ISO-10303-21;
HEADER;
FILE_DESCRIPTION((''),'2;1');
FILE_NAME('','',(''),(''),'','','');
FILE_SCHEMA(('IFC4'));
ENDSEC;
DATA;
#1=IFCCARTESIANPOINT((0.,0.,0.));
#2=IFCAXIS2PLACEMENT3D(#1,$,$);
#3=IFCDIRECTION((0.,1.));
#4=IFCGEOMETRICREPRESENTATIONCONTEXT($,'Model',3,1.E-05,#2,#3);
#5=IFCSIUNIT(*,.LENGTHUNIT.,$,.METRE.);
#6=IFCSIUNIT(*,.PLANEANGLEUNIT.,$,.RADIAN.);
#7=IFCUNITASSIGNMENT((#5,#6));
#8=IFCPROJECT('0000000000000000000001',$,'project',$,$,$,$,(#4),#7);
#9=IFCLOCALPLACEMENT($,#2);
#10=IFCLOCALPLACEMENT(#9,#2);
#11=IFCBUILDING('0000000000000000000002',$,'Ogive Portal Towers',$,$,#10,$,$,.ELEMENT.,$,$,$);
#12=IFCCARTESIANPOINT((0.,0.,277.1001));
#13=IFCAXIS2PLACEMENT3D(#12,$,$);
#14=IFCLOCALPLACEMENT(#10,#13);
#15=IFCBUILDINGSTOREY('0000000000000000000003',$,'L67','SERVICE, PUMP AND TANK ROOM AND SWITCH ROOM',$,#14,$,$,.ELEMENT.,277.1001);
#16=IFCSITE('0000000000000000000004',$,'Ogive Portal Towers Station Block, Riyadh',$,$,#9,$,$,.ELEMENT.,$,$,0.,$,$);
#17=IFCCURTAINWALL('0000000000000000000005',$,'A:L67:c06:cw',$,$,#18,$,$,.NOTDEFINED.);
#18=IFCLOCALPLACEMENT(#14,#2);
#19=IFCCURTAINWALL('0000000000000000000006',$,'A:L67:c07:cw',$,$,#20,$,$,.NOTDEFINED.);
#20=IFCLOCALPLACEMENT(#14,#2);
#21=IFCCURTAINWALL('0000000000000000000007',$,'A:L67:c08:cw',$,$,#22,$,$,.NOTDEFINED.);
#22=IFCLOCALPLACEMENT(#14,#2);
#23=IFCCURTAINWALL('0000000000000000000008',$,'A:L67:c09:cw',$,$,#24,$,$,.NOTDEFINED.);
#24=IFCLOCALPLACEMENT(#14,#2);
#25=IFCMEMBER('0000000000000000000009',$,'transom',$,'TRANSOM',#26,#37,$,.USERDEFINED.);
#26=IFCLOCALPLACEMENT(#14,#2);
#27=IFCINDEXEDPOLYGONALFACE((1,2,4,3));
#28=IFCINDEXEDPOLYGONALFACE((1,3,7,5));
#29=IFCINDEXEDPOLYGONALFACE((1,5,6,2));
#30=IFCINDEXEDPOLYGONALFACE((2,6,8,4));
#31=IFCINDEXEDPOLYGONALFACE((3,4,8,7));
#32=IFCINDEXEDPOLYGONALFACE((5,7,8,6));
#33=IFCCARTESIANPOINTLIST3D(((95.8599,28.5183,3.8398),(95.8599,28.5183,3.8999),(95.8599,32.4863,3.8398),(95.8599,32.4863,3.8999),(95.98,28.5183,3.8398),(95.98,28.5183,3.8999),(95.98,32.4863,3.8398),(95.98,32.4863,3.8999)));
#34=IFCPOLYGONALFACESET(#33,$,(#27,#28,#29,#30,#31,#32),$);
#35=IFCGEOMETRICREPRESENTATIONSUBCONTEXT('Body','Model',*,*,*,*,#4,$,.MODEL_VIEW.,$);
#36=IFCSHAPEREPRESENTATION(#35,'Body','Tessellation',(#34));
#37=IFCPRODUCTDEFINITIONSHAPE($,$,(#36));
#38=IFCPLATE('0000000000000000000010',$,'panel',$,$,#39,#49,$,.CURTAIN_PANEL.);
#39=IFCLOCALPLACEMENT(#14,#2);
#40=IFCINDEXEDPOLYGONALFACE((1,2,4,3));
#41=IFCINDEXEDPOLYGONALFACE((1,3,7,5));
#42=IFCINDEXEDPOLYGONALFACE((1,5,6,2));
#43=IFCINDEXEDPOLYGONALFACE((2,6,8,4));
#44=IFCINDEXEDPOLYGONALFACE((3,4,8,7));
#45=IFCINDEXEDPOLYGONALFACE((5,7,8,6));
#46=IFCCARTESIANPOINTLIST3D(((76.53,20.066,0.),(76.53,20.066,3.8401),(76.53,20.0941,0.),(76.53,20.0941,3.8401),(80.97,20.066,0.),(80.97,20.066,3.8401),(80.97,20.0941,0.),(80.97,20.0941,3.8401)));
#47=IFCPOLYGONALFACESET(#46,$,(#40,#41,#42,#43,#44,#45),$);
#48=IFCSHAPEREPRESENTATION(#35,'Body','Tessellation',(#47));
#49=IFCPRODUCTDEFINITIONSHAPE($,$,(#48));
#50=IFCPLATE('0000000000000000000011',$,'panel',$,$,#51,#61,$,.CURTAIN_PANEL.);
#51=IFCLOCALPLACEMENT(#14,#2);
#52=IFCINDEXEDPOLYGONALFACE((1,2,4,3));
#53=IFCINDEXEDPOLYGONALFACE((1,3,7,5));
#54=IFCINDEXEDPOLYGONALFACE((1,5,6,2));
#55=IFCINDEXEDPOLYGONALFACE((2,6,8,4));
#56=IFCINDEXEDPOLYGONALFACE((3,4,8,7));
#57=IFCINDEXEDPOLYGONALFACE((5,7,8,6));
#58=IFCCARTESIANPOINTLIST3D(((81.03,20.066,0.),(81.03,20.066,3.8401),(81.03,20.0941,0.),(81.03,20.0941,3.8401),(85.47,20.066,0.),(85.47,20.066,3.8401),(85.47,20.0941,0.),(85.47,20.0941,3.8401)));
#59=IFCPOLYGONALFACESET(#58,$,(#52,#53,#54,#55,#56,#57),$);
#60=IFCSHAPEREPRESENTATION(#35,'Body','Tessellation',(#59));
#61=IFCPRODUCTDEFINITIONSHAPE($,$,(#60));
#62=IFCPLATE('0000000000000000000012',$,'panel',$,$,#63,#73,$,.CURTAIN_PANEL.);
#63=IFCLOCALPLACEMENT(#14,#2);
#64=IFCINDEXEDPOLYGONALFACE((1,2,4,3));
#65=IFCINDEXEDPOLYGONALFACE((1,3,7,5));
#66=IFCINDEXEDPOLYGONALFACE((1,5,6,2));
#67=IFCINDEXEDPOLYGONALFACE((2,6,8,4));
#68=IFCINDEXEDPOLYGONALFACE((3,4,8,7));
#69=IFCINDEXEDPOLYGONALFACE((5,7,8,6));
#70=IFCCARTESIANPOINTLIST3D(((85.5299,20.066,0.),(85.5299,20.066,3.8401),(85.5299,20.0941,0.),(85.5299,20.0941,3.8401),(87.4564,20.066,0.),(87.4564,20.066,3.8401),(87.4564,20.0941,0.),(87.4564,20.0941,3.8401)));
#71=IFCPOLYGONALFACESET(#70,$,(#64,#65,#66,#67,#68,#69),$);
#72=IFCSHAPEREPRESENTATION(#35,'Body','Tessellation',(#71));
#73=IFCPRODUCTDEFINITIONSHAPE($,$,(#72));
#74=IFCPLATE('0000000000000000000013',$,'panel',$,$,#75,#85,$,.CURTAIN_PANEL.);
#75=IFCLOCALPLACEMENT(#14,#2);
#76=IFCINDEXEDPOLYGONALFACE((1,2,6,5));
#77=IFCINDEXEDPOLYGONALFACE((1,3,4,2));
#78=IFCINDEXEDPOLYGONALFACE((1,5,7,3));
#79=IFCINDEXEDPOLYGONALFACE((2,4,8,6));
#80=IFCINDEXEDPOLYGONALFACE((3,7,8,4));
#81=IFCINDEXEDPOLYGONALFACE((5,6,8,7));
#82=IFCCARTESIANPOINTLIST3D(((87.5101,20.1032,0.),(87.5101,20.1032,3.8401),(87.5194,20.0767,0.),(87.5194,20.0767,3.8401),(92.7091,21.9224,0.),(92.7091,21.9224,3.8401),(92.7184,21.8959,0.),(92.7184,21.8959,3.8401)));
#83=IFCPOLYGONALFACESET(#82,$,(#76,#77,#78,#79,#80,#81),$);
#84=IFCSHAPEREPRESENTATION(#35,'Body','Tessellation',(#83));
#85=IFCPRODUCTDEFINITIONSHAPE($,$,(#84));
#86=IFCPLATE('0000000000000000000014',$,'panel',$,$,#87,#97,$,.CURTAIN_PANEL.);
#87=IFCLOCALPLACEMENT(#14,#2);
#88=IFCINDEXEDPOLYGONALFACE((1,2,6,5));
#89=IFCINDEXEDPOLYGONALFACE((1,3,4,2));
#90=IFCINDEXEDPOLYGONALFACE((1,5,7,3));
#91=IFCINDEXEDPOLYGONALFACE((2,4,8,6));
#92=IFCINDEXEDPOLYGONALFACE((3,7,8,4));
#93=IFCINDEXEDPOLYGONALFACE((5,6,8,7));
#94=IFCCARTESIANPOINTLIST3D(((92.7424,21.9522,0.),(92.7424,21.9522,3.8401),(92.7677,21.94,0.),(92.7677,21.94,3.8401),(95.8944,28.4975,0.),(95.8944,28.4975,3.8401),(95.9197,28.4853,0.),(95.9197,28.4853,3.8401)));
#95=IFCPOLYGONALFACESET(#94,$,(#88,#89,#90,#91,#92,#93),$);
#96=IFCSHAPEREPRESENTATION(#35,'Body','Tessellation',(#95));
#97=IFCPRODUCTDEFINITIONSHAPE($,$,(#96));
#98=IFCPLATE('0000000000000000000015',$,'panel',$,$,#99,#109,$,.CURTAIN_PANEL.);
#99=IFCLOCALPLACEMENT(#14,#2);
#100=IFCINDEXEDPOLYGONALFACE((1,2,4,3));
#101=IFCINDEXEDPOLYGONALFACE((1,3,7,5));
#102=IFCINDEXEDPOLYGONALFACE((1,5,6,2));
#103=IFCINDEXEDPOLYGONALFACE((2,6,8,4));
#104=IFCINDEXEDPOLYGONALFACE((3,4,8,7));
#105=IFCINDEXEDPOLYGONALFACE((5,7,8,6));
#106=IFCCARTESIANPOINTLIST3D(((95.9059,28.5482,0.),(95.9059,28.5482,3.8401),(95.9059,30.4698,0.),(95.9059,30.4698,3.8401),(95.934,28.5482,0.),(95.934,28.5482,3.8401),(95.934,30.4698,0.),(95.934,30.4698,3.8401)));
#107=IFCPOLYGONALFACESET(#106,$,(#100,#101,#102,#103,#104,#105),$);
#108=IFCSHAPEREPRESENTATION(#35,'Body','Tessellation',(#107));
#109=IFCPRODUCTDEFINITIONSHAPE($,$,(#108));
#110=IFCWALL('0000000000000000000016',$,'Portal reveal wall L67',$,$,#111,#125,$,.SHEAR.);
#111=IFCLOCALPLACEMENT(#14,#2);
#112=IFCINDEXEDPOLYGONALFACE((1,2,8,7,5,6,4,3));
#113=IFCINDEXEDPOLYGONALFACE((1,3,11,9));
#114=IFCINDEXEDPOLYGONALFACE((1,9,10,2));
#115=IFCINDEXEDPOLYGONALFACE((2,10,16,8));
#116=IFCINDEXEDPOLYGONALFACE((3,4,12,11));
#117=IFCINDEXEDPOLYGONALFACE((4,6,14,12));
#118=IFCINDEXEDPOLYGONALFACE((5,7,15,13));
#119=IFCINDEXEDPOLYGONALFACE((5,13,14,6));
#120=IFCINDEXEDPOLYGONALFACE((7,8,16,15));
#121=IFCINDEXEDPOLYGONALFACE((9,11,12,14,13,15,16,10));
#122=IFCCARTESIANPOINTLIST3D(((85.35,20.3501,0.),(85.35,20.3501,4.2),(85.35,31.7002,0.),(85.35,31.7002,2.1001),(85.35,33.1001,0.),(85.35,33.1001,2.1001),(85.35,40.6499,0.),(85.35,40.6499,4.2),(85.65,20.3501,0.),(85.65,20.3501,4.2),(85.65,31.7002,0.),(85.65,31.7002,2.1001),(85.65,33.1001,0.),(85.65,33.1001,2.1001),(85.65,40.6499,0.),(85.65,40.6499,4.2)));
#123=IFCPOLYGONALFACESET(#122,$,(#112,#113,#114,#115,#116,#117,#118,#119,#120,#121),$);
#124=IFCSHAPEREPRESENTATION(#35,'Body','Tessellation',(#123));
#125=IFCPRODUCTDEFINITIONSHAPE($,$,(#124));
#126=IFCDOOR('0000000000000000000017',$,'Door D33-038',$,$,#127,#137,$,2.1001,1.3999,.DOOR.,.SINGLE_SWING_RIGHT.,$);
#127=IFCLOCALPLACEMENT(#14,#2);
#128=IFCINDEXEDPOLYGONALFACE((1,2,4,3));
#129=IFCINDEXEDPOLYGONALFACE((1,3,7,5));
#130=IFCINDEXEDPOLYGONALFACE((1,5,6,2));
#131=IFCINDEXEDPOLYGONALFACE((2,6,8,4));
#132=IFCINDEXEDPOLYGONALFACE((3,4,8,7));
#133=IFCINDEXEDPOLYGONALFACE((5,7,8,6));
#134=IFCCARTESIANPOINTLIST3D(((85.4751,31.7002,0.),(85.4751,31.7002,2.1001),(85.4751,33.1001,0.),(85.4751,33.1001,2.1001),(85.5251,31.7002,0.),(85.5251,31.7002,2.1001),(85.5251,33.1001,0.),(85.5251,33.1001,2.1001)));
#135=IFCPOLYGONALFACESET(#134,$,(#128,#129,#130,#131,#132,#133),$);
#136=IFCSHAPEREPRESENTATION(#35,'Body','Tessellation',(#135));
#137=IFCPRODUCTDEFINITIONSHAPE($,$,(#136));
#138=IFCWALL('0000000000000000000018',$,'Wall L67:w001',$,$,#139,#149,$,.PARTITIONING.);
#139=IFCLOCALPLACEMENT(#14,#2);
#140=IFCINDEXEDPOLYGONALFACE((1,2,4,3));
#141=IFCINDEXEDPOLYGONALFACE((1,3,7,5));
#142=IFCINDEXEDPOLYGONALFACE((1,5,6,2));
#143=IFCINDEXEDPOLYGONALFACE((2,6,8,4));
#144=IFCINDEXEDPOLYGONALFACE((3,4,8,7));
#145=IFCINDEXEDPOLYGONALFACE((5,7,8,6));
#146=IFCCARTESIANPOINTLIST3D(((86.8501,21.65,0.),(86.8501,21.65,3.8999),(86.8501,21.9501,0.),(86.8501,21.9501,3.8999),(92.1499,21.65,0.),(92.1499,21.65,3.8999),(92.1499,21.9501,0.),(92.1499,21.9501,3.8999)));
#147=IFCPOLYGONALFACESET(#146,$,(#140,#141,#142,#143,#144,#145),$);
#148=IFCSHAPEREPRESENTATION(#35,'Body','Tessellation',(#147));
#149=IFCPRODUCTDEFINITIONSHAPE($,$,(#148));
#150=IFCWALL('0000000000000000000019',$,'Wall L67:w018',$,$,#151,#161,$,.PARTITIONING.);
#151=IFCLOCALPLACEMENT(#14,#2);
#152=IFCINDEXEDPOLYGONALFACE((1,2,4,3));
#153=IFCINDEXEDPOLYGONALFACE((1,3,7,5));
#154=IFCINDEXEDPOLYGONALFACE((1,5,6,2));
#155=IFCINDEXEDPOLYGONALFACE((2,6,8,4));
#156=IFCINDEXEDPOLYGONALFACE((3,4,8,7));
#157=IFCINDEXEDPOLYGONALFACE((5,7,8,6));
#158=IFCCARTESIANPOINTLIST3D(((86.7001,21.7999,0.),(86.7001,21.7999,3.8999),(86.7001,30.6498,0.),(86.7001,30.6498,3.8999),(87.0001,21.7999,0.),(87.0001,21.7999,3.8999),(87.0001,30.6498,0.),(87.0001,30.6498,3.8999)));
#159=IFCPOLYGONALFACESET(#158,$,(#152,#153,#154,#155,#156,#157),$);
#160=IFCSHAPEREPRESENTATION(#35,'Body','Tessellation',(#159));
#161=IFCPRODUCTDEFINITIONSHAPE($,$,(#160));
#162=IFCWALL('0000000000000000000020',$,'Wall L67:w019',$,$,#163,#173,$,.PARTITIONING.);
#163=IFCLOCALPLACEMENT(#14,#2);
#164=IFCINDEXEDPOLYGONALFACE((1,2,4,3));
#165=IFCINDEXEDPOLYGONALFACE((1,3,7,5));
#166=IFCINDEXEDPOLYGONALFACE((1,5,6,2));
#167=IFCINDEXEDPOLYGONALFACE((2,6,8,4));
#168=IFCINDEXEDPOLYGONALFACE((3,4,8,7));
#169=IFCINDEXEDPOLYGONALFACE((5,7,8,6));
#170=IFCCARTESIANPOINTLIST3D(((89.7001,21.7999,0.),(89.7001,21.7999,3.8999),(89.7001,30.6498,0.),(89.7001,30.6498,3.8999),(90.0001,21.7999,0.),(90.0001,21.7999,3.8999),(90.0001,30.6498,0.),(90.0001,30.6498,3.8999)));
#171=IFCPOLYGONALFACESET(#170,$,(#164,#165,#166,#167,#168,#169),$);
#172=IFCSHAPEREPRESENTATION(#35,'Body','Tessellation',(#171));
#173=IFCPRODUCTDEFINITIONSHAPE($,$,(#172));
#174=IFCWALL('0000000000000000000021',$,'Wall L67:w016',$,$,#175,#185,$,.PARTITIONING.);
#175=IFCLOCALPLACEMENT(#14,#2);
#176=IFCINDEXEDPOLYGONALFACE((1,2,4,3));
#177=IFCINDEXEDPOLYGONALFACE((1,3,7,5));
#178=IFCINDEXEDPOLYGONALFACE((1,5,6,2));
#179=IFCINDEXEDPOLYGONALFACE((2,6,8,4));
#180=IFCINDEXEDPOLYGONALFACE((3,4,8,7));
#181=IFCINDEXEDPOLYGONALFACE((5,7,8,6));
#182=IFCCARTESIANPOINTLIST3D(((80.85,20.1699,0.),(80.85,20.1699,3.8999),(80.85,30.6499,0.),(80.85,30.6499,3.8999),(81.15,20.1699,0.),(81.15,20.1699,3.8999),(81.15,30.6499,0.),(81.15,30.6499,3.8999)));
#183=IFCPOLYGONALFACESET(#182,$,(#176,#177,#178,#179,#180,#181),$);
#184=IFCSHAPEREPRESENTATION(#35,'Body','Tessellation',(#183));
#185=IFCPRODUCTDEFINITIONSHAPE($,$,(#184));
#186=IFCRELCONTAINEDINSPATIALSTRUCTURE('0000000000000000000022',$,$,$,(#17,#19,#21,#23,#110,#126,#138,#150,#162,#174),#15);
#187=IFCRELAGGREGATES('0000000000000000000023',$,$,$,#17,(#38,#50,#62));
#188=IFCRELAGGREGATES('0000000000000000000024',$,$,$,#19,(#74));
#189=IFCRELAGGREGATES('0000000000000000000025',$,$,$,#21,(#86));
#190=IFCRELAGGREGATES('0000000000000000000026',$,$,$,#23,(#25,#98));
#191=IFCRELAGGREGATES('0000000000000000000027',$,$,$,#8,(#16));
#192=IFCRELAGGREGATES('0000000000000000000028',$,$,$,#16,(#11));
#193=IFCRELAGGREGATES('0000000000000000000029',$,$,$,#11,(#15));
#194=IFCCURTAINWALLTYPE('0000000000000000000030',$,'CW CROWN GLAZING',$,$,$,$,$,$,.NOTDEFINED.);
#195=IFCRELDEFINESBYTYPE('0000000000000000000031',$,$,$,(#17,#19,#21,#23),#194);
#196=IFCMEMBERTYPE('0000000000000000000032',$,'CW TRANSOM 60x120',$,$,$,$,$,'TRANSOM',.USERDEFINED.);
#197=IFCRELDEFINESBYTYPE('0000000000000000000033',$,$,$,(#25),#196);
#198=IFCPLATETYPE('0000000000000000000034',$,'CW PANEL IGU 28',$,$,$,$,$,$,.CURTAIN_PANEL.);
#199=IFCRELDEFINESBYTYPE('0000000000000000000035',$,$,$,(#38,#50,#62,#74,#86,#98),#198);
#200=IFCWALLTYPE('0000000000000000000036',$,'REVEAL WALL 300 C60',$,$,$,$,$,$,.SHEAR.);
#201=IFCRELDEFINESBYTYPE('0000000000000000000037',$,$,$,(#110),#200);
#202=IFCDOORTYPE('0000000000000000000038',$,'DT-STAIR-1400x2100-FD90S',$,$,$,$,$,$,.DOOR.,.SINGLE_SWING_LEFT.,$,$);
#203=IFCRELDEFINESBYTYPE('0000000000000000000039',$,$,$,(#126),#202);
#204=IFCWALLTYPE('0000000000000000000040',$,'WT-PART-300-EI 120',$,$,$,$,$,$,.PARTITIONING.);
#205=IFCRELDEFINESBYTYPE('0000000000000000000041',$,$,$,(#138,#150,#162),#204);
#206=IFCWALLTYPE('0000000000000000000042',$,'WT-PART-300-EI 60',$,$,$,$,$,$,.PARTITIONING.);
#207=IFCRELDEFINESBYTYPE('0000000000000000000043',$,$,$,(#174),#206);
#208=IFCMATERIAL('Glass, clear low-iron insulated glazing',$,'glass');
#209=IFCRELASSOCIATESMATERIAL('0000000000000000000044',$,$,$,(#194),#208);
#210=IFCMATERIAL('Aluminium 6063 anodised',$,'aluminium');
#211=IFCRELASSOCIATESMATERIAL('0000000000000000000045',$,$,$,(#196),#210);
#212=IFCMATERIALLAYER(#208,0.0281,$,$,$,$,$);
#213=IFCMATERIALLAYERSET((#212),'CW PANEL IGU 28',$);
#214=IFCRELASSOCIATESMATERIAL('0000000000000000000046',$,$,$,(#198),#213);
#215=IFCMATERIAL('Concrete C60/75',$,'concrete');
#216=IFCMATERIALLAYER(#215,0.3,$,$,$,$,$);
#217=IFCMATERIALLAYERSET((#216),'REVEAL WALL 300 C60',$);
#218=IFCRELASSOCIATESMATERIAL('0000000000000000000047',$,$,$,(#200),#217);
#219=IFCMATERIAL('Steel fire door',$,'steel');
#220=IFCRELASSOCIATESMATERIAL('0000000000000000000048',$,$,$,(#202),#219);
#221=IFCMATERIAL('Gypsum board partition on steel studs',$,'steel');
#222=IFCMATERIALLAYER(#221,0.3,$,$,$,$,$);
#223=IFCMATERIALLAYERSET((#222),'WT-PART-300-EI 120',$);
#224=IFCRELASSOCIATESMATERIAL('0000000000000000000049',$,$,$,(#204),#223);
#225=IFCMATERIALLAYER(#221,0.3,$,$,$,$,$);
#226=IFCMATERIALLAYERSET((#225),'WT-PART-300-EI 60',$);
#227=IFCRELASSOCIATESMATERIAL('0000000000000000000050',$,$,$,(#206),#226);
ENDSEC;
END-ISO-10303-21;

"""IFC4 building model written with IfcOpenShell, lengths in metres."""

from ifc_helpers import new_model, si_unit, direction, frame, frame_2d, origin, origin_2d, place, context, subcontext, project, spatial, rectangle, extrude, material, layer, layer_set, material_profile, profile_set, type_object, element, fill, aggregate, save


model = new_model("IFC4")

# Units and contexts
model_context = context("Model", 3, precision=1e-05, world=origin(), true_north=direction((0.0, 1.0)))
body_context = subcontext(model_context, "Body", "Model", "MODEL_VIEW")
ifc_project = project(units=[si_unit("LENGTHUNIT", "METRE"), si_unit("PLANEANGLEUNIT", "RADIAN")], contexts=[model_context])

# Site, building, storey
site_placement = place(None, origin())
site = spatial("IfcSite", under=ifc_project, at=site_placement, Name="Ogive Portal Towers Station Block, Riyadh", CompositionType="ELEMENT", RefElevation=0.0)
building_placement = place(site_placement, origin())
building = spatial("IfcBuilding", under=site, at=building_placement, Name="Ogive Portal Towers", CompositionType="ELEMENT")
storey_placement = place(building_placement, frame((0.0, 0.0, 277.1001)))
storey = spatial("IfcBuildingStorey", under=building, at=storey_placement, Name="L67", Description="SERVICE, PUMP AND TANK ROOM AND SWITCH ROOM", CompositionType="ELEMENT", Elevation=277.1001)

# Curtain wall
ifc_material_1 = material(Name="Glass, clear low-iron insulated glazing", Category="glass")
curtain_wall_type = type_object("IfcCurtainWallType", Name="CW CROWN GLAZING", PredefinedType="NOTDEFINED", material=ifc_material_1)
curtain_wall_1_placement = place(storey_placement, origin())
curtain_wall_1 = element("IfcCurtainWall", 1, at=curtain_wall_1_placement, inside=storey, type_object=curtain_wall_type, Name="A:L67:c06:cw", PredefinedType="NOTDEFINED")
ifc_material_2 = material(Name="Aluminium 6063 anodised", Category="aluminium")

# Curtain walls
curtain_wall_2_placement = place(storey_placement, origin())
curtain_wall_2 = element("IfcCurtainWall", 2, at=curtain_wall_2_placement, inside=storey, type_object=curtain_wall_type, Name="A:L67:c07:cw", PredefinedType="NOTDEFINED")
curtain_wall_3_placement = place(storey_placement, origin())
curtain_wall_3 = element("IfcCurtainWall", 3, at=curtain_wall_3_placement, inside=storey, type_object=curtain_wall_type, Name="A:L67:c08:cw", PredefinedType="NOTDEFINED")

# Shared definitions
ifc_material_profile_1 = material_profile(ifc_material_2, rectangle(XDim=0.1201, YDim=0.0601, at=origin_2d()), Name="AL 120x60")
ifc_profile_set_1 = profile_set([ifc_material_profile_1], Name="Aluminium 6063 anodised")
member_type_1 = type_object("IfcMemberType", Name="CW TRANSOM 60x120", ElementType="TRANSOM", PredefinedType="USERDEFINED", material=ifc_profile_set_1)

# Curtain wall, member
curtain_wall_4_placement = place(storey_placement, origin())
curtain_wall_4 = element("IfcCurtainWall", 4, at=curtain_wall_4_placement, inside=storey, type_object=curtain_wall_type, Name="A:L67:c09:cw", PredefinedType="NOTDEFINED")
member_1_placement = place(storey_placement, frame((95.9199, 28.5183, 3.8699), z_axis=(0.0, 1.0, 0.0), x_axis=(-1.0, 0.0, 0.0)))
member_1 = element("IfcMember", 5, at=member_1_placement, type_object=member_type_1, Name="transom", ObjectType="TRANSOM", PredefinedType="USERDEFINED", context=body_context, shape_type="SweptSolid", body=[
    extrude(rectangle(XDim=0.1201, YDim=0.0601, at=origin_2d()), origin(), (0.0, 0.0, 1.0), 3.968),
])

# Plates
ifc_layer_1 = layer(ifc_material_1, 0.0281)
ifc_layer_set_1 = layer_set([ifc_layer_1], Name="CW PANEL IGU 28")
plate_type = type_object("IfcPlateType", Name="CW PANEL IGU 28", PredefinedType="CURTAIN_PANEL", material=ifc_layer_set_1)
plate_1_placement = place(storey_placement, frame((78.75, 20.0801, 0.0), z_axis=(0.0, 0.0, 1.0), x_axis=(1.0, 0.0, 0.0)))
plate_1 = element("IfcPlate", 6, at=plate_1_placement, type_object=plate_type, Name="panel", PredefinedType="CURTAIN_PANEL", context=body_context, shape_type="SweptSolid", body=[
    extrude(rectangle(XDim=4.4399, YDim=0.0281, at=origin_2d()), origin(), (0.0, 0.0, 1.0), 3.8401),
])
plate_2_placement = place(storey_placement, frame((83.25, 20.0801, 0.0), z_axis=(0.0, 0.0, 1.0), x_axis=(1.0, 0.0, 0.0)))
plate_2 = element("IfcPlate", 7, at=plate_2_placement, type_object=plate_type, Name="panel", PredefinedType="CURTAIN_PANEL", context=body_context, shape_type="SweptSolid", body=[
    extrude(rectangle(XDim=4.4399, YDim=0.0281, at=origin_2d()), origin(), (0.0, 0.0, 1.0), 3.8401),
])
plate_3_placement = place(storey_placement, frame((86.4932, 20.0801, 0.0), z_axis=(0.0, 0.0, 1.0), x_axis=(1.0, 0.0, 0.0)))
plate_3 = element("IfcPlate", 8, at=plate_3_placement, type_object=plate_type, Name="panel", PredefinedType="CURTAIN_PANEL", context=body_context, shape_type="SweptSolid", body=[
    extrude(rectangle(XDim=1.9265, YDim=0.0281, at=origin_2d()), origin(), (0.0, 0.0, 1.0), 3.8401),
])
aggregate(curtain_wall_1, [plate_1, plate_2, plate_3])
plate_4_placement = place(storey_placement, frame((90.1143, 20.9995, 0.0), z_axis=(0.0, 0.0, 1.0), x_axis=(0.943883, 0.330279, 0.0)))
plate_4 = element("IfcPlate", 9, at=plate_4_placement, type_object=plate_type, Name="panel", PredefinedType="CURTAIN_PANEL", context=body_context, shape_type="SweptSolid", body=[
    extrude(rectangle(XDim=5.5081, YDim=0.0281, at=origin_2d()), origin(), (0.0, 0.0, 1.0), 3.8401),
])
aggregate(curtain_wall_2, [plate_4])
plate_5_placement = place(storey_placement, frame((94.3311, 25.2188, 0.0), z_axis=(0.0, 0.0, 1.0), x_axis=(0.433884, 0.900969, 0.0)))
plate_5 = element("IfcPlate", 10, at=plate_5_placement, type_object=plate_type, Name="panel", PredefinedType="CURTAIN_PANEL", context=body_context, shape_type="SweptSolid", body=[
    extrude(rectangle(XDim=7.2646, YDim=0.0281, at=origin_2d()), origin(), (0.0, 0.0, 1.0), 3.8401),
])
aggregate(curtain_wall_3, [plate_5])
plate_6_placement = place(storey_placement, frame((95.9199, 29.509, 0.0), z_axis=(0.0, 0.0, 1.0), x_axis=(0.0, 1.0, 0.0)))
plate_6 = element("IfcPlate", 11, at=plate_6_placement, type_object=plate_type, Name="panel", PredefinedType="CURTAIN_PANEL", context=body_context, shape_type="SweptSolid", body=[
    extrude(rectangle(XDim=1.9216, YDim=0.0281, at=origin_2d()), origin(), (0.0, 0.0, 1.0), 3.8401),
])
aggregate(curtain_wall_4, [member_1, plate_6])

# Wall, opening, door
ifc_material_3 = material(Name="Concrete C60/75", Category="concrete")
ifc_layer_2 = layer(ifc_material_3, 0.3)
ifc_layer_set_2 = layer_set([ifc_layer_2], Name="REVEAL WALL 300 C60")
wall_type_1 = type_object("IfcWallType", Name="REVEAL WALL 300 C60", PredefinedType="SHEAR", material=ifc_layer_set_2)
wall_1_placement = place(storey_placement, frame((85.5, 20.3501, 0.0), z_axis=(0.0, 0.0, 1.0), x_axis=(0.0, 1.0, 0.0)))
wall_1 = element("IfcWall", 12, at=wall_1_placement, inside=storey, type_object=wall_type_1, Name="Portal reveal wall L67", PredefinedType="SHEAR", context=body_context, shape_type="SweptSolid", body=[
    extrude(rectangle(XDim=20.2998, YDim=0.3, at=frame_2d((10.1499, 0.0))), origin(), (0.0, 0.0, 1.0), 4.2),
])
opening_placement = place(wall_1_placement, frame((11.3501, 0.0, 0.0)))
opening = element("IfcOpeningElement", 13, at=opening_placement, cuts=wall_1, PredefinedType="OPENING", context=body_context, shape_type="SweptSolid", body=[
    extrude(rectangle(XDim=1.3999, YDim=2.1001, at=frame_2d((0.7, 1.05))), frame((0.0, 0.1602, 0.0), z_axis=(0.0, -1.0, 0.0), x_axis=(1.0, 0.0, 0.0)), (0.0, 0.0, 1.0), 0.3201),
])
ifc_material_4 = material(Name="Steel fire door", Category="steel")
door_type = type_object("IfcDoorType", Name="DT-STAIR-1400x2100-FD90S", OperationType="SINGLE_SWING_LEFT", PredefinedType="DOOR", material=ifc_material_4)
door_placement = place(opening_placement, origin())
door = element("IfcDoor", 14, at=door_placement, inside=storey, type_object=door_type, Name="Door D33-038", OperationType="SINGLE_SWING_RIGHT", OverallHeight=2.1001, OverallWidth=1.3999, PredefinedType="DOOR", context=body_context, shape_type="SweptSolid", body=[
    extrude(rectangle(XDim=1.3999, YDim=2.1001, at=frame_2d((0.7, 1.05))), frame((0.0, 0.0249, 0.0), z_axis=(0.0, -1.0, 0.0), x_axis=(1.0, 0.0, 0.0)), (0.0, 0.0, 1.0), 0.05),
])
fill(opening, door)

# Walls
ifc_material_5 = material(Name="Gypsum board partition on steel studs", Category="steel")
ifc_layer_3 = layer(ifc_material_5, 0.3)
ifc_layer_set_3 = layer_set([ifc_layer_3], Name="WT-PART-300-EI 120")
wall_type_2 = type_object("IfcWallType", Name="WT-PART-300-EI 120", PredefinedType="PARTITIONING", material=ifc_layer_set_3)
wall_2_placement = place(storey_placement, frame((86.8501, 21.8, 0.0), z_axis=(0.0, 0.0, 1.0), x_axis=(1.0, 0.0, 0.0)))
element("IfcWall", 15, at=wall_2_placement, inside=storey, type_object=wall_type_2, Name="Wall L67:w001", PredefinedType="PARTITIONING", context=body_context, shape_type="SweptSolid", body=[
    extrude(rectangle(XDim=5.2998, YDim=0.3, at=frame_2d((2.6499, 0.0))), origin(), (0.0, 0.0, 1.0), 3.8999),
])
for number, where, z_axis, x_axis, name in (
    (16, (86.8501, 21.8, 0.0), (0.0, 0.0, 1.0), (0.0, 1.0, 0.0), "Wall L67:w018"),
    (17, (89.8501, 21.8, 0.0), (0.0, 0.0, 1.0), (0.0, 1.0, 0.0), "Wall L67:w019"),
):
    element("IfcWall", number, at=place(storey_placement, frame(where, z_axis=z_axis, x_axis=x_axis)), inside=storey, type_object=wall_type_2, Name=name, PredefinedType="PARTITIONING", context=body_context, shape_type="SweptSolid", body=[
        extrude(rectangle(XDim=8.8499, YDim=0.3, at=frame_2d((4.4248, 0.0))), origin(), (0.0, 0.0, 1.0), 3.8999),
    ])
ifc_layer_4 = layer(ifc_material_5, 0.3)
ifc_layer_set_4 = layer_set([ifc_layer_4], Name="WT-PART-300-EI 60")
wall_type_3 = type_object("IfcWallType", Name="WT-PART-300-EI 60", PredefinedType="PARTITIONING", material=ifc_layer_set_4)
wall_3_placement = place(storey_placement, frame((81.0, 20.1699, 0.0), z_axis=(0.0, 0.0, 1.0), x_axis=(0.0, 1.0, 0.0)))
element("IfcWall", 18, at=wall_3_placement, inside=storey, type_object=wall_type_3, Name="Wall L67:w016", PredefinedType="PARTITIONING", context=body_context, shape_type="SweptSolid", body=[
    extrude(rectangle(XDim=10.48, YDim=0.3, at=frame_2d((5.24, 0.0))), origin(), (0.0, 0.0, 1.0), 3.8999),
])

save(model, "model.ifc")
